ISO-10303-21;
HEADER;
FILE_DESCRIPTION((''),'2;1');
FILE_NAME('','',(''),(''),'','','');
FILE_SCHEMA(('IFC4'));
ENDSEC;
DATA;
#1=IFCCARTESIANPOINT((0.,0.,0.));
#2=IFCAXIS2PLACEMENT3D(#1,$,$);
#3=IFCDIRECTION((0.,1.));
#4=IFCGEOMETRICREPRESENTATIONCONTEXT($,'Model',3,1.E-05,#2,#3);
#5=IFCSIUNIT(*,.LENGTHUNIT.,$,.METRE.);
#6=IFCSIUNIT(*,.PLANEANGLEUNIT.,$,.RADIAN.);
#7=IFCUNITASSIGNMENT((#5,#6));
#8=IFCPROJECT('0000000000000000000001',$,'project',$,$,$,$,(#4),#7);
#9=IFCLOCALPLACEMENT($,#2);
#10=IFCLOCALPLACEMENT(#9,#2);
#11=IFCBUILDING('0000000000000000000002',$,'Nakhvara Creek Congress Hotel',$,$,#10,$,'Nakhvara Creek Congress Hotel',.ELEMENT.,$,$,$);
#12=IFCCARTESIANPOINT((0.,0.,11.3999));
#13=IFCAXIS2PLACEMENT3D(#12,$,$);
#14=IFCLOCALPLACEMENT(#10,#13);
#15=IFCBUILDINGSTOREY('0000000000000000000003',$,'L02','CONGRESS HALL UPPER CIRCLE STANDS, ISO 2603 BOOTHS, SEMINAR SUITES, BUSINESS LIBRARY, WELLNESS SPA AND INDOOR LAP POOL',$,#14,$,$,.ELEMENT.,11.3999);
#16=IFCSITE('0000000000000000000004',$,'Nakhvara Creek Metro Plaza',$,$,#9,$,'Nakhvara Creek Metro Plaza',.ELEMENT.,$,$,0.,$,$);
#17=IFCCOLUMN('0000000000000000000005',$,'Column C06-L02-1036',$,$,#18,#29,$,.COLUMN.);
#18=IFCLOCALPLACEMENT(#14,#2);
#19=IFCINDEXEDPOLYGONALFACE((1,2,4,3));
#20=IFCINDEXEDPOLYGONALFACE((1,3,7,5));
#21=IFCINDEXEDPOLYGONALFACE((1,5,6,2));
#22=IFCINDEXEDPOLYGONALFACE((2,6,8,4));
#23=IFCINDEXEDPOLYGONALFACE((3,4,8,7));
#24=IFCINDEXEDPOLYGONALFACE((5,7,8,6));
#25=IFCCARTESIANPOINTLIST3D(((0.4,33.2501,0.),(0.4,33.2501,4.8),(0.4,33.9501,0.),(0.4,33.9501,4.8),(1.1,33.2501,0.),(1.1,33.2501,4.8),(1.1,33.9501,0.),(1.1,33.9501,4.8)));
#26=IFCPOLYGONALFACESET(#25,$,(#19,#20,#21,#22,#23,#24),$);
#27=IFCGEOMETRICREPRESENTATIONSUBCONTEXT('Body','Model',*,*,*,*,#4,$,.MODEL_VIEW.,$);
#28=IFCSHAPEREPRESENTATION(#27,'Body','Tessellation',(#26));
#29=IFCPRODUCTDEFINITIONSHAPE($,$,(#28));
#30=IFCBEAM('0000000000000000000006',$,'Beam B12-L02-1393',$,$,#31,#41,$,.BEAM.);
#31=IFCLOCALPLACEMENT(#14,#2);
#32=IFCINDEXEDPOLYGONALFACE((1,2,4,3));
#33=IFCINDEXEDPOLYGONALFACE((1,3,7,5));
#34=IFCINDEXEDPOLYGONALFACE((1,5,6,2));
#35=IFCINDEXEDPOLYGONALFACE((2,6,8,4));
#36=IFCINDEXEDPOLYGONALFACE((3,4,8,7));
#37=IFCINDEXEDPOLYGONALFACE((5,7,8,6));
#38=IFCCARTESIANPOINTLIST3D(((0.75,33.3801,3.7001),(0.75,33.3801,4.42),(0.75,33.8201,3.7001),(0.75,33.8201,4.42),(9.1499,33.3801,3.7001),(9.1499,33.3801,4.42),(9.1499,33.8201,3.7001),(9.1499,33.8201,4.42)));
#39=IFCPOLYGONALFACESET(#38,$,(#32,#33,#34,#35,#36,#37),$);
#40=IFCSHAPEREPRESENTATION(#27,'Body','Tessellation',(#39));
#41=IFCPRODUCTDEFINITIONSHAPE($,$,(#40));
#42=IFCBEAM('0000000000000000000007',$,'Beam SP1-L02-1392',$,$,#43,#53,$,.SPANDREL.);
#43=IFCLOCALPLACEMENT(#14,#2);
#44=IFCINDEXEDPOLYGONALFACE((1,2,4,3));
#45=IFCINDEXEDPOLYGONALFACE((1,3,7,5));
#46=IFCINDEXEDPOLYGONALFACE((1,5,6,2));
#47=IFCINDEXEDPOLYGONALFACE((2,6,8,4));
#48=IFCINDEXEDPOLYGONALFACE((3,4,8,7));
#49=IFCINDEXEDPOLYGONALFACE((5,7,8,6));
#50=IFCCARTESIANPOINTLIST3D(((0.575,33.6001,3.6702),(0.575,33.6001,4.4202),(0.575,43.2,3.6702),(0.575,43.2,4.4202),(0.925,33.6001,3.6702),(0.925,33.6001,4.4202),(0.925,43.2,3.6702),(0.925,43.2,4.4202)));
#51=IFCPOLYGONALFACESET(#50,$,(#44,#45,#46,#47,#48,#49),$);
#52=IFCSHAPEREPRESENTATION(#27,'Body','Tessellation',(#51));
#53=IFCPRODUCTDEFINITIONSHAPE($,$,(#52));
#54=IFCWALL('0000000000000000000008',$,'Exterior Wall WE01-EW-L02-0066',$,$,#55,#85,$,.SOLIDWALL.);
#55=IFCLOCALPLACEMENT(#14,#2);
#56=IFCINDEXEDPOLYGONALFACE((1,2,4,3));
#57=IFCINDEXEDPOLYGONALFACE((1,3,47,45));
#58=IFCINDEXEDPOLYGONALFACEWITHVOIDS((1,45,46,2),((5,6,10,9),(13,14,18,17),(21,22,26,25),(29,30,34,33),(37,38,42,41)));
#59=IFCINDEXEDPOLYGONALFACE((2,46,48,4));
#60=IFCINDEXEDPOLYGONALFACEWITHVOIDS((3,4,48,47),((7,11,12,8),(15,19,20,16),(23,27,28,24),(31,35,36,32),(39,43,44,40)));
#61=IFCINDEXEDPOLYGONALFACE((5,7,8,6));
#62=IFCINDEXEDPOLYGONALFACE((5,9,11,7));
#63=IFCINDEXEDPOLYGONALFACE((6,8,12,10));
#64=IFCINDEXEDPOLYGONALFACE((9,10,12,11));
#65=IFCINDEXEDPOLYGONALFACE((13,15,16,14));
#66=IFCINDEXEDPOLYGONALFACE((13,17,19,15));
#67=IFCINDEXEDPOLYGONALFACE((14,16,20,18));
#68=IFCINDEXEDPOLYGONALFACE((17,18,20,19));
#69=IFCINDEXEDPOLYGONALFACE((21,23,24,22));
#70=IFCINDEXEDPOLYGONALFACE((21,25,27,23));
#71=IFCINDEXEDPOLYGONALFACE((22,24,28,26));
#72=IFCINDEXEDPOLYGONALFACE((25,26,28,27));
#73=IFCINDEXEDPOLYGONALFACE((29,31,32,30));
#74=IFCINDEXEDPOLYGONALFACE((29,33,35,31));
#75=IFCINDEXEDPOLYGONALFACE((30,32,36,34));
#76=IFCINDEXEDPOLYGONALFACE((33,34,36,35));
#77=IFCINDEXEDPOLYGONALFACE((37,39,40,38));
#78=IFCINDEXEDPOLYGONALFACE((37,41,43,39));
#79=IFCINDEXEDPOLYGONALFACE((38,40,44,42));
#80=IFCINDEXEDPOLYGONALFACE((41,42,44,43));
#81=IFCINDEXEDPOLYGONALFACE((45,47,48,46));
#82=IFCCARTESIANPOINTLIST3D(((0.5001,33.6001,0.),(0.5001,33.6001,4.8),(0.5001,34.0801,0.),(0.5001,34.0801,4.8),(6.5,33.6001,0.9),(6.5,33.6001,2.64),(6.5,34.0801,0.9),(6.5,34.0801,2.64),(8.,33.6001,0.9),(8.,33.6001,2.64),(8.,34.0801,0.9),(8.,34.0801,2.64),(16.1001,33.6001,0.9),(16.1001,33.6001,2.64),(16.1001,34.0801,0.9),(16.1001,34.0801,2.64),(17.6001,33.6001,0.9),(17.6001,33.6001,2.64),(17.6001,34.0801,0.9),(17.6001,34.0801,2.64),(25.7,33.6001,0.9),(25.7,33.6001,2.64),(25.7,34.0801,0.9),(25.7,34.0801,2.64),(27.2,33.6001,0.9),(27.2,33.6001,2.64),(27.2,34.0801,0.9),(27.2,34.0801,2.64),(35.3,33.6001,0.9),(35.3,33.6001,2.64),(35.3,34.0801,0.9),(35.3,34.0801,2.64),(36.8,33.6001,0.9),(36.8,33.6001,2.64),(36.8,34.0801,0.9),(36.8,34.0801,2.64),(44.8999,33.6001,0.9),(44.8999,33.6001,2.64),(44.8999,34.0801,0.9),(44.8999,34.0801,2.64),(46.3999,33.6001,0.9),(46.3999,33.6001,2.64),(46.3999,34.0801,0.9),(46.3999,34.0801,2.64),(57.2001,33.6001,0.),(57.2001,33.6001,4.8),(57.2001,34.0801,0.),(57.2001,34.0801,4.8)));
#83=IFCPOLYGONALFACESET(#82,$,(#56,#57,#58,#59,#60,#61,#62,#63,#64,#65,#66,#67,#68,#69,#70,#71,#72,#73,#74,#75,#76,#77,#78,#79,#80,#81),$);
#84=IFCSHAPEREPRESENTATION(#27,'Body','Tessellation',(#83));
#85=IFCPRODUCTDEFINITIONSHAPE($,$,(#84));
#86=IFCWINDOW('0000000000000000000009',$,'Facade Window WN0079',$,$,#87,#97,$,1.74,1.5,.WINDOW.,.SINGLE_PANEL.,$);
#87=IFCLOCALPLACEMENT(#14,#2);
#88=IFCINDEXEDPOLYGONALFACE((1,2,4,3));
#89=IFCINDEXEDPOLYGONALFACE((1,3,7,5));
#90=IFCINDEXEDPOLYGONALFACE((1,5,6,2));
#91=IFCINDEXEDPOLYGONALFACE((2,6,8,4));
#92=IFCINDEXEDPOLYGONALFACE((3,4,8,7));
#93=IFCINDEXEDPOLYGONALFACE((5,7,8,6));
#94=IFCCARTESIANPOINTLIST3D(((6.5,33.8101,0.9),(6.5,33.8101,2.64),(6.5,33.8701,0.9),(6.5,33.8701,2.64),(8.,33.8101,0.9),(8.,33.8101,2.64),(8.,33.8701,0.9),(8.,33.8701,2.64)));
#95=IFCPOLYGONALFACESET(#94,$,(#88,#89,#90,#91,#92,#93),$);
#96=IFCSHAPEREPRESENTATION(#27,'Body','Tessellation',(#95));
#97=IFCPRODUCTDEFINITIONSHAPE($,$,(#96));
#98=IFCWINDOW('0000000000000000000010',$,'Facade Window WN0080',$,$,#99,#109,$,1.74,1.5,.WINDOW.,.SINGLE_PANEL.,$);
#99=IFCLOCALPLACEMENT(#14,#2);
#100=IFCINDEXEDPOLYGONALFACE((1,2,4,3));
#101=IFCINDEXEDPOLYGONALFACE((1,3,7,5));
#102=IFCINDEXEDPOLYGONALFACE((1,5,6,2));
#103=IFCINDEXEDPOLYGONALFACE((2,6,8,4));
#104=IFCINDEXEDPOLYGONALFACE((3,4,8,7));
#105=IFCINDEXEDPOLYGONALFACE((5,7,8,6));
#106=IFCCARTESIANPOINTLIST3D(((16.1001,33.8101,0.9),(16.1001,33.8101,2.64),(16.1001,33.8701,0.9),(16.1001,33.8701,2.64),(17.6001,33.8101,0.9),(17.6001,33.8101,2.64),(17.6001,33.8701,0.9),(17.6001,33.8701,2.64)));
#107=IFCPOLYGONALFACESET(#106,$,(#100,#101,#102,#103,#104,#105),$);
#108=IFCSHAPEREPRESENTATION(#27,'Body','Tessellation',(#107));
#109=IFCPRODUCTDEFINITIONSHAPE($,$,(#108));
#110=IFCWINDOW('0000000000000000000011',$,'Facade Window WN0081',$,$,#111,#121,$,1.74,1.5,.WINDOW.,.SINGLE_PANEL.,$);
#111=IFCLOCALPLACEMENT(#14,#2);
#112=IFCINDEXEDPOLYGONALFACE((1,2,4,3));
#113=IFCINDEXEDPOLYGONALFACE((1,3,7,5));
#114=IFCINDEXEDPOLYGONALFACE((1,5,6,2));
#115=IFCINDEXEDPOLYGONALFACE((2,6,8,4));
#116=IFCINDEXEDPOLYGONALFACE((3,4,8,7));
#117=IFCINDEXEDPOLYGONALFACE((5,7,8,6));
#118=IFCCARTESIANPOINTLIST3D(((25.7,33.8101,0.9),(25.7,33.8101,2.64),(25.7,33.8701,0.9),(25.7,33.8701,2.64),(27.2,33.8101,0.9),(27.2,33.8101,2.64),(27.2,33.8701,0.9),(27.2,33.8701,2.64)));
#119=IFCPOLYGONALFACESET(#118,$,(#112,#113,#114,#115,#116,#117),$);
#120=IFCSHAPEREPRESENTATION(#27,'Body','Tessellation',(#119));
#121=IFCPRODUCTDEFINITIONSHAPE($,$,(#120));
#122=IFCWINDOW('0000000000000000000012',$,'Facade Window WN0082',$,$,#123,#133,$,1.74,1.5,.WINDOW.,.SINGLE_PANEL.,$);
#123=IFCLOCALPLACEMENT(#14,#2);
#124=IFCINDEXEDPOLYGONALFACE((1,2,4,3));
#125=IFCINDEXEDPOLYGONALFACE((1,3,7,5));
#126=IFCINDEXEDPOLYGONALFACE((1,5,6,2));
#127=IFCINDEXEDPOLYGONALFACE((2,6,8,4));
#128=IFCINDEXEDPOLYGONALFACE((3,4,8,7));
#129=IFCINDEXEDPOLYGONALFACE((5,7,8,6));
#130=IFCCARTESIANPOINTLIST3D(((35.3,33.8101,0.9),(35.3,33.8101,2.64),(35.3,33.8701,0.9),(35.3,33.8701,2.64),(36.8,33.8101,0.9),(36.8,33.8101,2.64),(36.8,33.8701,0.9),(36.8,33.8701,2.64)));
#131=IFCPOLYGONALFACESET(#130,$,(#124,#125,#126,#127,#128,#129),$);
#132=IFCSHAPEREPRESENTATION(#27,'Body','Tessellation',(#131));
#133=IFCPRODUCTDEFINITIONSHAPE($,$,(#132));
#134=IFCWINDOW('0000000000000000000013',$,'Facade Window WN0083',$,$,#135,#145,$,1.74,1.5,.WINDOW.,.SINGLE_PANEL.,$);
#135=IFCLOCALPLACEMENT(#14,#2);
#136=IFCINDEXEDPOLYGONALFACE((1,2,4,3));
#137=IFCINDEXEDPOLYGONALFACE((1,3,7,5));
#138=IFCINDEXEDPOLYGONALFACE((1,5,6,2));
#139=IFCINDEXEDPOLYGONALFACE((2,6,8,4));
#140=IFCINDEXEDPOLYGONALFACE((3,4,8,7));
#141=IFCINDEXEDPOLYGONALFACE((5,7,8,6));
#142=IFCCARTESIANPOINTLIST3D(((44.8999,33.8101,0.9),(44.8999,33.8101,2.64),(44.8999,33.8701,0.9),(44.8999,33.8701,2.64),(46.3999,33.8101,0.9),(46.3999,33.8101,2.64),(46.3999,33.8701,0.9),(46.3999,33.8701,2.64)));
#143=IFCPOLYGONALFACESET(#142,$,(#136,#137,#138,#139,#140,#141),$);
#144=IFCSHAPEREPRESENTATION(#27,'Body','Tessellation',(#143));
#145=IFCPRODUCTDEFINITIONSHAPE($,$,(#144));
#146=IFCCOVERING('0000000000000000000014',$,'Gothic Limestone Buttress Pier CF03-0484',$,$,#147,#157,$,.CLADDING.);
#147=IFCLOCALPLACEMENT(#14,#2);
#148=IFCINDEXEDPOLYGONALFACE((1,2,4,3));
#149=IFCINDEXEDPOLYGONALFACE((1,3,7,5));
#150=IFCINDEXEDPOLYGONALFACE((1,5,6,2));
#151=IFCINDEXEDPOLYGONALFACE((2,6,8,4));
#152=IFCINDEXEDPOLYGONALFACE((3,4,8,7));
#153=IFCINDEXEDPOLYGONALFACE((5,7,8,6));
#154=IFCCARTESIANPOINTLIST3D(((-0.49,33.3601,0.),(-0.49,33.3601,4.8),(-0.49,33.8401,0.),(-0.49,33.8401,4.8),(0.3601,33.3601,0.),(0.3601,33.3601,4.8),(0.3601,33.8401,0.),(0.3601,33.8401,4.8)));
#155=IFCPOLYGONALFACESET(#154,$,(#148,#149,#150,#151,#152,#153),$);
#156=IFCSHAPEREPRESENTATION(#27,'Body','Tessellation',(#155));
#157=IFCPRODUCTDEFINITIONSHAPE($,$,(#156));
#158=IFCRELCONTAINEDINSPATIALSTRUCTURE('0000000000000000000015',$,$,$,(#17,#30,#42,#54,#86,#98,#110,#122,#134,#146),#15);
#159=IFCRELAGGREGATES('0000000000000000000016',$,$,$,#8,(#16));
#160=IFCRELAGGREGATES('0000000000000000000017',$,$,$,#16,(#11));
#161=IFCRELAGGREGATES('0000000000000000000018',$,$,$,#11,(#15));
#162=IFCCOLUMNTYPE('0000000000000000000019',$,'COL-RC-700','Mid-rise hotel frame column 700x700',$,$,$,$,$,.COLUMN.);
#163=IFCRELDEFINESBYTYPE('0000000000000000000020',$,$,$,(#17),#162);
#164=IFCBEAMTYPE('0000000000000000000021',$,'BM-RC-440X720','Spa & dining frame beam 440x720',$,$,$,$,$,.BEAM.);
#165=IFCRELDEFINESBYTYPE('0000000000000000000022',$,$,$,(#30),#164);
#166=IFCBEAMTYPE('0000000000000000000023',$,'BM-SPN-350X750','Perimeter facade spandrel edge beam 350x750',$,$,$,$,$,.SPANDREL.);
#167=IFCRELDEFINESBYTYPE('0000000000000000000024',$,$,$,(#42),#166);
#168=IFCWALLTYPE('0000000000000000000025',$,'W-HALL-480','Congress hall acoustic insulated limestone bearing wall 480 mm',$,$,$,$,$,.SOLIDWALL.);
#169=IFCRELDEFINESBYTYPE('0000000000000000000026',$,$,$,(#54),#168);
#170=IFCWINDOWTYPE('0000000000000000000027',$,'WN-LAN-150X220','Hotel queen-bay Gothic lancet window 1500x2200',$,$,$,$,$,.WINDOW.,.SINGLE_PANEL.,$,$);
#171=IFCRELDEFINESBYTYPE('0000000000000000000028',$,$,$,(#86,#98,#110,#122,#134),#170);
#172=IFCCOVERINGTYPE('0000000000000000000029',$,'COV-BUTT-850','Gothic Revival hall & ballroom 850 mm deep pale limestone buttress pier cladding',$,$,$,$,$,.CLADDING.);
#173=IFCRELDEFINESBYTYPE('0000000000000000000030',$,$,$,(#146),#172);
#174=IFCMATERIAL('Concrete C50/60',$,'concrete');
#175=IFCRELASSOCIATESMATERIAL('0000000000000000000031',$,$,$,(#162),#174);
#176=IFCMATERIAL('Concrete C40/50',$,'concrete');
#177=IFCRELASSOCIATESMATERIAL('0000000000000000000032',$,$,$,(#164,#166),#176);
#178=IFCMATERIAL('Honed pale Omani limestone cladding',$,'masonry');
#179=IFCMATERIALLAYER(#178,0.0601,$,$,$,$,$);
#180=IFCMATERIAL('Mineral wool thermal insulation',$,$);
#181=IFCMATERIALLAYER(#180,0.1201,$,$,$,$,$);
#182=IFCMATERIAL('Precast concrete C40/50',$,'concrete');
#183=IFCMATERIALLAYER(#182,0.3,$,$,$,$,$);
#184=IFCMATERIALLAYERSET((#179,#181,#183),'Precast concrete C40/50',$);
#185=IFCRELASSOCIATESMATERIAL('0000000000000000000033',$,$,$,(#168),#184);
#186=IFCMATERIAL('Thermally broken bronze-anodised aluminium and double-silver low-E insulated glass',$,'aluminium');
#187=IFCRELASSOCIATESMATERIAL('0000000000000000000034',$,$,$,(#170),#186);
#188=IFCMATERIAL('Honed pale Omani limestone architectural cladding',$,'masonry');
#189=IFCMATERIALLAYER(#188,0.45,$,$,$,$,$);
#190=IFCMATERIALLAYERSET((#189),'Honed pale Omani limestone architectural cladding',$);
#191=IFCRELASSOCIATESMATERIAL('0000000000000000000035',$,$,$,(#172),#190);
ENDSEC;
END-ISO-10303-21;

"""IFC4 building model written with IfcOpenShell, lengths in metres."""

from ifc_helpers import new_model, si_unit, direction, frame, frame_2d, origin, origin_2d, place, context, subcontext, project, spatial, rectangle, extrude, material, layer, layer_set, material_profile, profile_set, type_object, element, fill, save


model = new_model("IFC4")

# Units and contexts
model_context = context("Model", 3, precision=1e-05, world=origin(), true_north=direction((0.0, 1.0)))
body_context = subcontext(model_context, "Body", "Model", "MODEL_VIEW")
ifc_project = project(units=[si_unit("LENGTHUNIT", "METRE"), si_unit("PLANEANGLEUNIT", "RADIAN")], contexts=[model_context])

# Site, building, storey
site_placement = place(None, origin())
site = spatial("IfcSite", under=ifc_project, at=site_placement, Name="Nakhvara Creek Metro Plaza", LongName="Nakhvara Creek Metro Plaza", CompositionType="ELEMENT", RefElevation=0.0)
building_placement = place(site_placement, origin())
building = spatial("IfcBuilding", under=site, at=building_placement, Name="Nakhvara Creek Congress Hotel", LongName="Nakhvara Creek Congress Hotel", CompositionType="ELEMENT")
storey_placement = place(building_placement, frame((0.0, 0.0, 11.3999)))
storey = spatial("IfcBuildingStorey", under=building, at=storey_placement, Name="L02", Description="CONGRESS HALL UPPER CIRCLE STANDS, ISO 2603 BOOTHS, SEMINAR SUITES, BUSINESS LIBRARY, WELLNESS SPA AND INDOOR LAP POOL", CompositionType="ELEMENT", Elevation=11.3999)

# Column
ifc_material_1 = material(Name="Concrete C50/60", Category="concrete")
ifc_material_profile_1 = material_profile(ifc_material_1, rectangle(XDim=0.7, YDim=0.7, at=origin_2d()), Name="RC-COL 700x700", Category="LoadBearing")
ifc_profile_set_1 = profile_set([ifc_material_profile_1], Name="Concrete C50/60")
column_type = type_object("IfcColumnType", Name="COL-RC-700", Description="Mid-rise hotel frame column 700x700", PredefinedType="COLUMN", material=ifc_profile_set_1)
column_placement = place(storey_placement, frame((0.75, 33.6001, 0.0), z_axis=(0.0, 0.0, 1.0), x_axis=(1.0, 0.0, 0.0)))
element("IfcColumn", 1, at=column_placement, inside=storey, type_object=column_type, Name="Column C06-L02-1036", PredefinedType="COLUMN", context=body_context, shape_type="SweptSolid", body=[
    extrude(rectangle(XDim=0.7, YDim=0.7, at=origin_2d()), origin(), (0.0, 0.0, 1.0), 4.8),
])

# Beams
ifc_material_2 = material(Name="Concrete C40/50", Category="concrete")
ifc_material_profile_2 = material_profile(ifc_material_2, rectangle(XDim=0.4399, YDim=0.72, at=origin_2d()), Name="RC-BM 440x720", Category="LoadBearing")
ifc_profile_set_2 = profile_set([ifc_material_profile_2], Name="Concrete C40/50")
beam_type_1 = type_object("IfcBeamType", Name="BM-RC-440X720", Description="Spa & dining frame beam 440x720", PredefinedType="BEAM", material=ifc_profile_set_2)
beam_1_placement = place(storey_placement, frame((0.75, 33.6001, 4.0601), z_axis=(1.0, 0.0, 0.0), x_axis=(0.0, 1.0, 0.0)))
element("IfcBeam", 2, at=beam_1_placement, inside=storey, type_object=beam_type_1, Name="Beam B12-L02-1393", PredefinedType="BEAM", context=body_context, shape_type="SweptSolid", body=[
    extrude(rectangle(XDim=0.4399, YDim=0.72, at=origin_2d()), origin(), (0.0, 0.0, 1.0), 8.3999),
])
ifc_material_profile_3 = material_profile(ifc_material_2, rectangle(XDim=0.3501, YDim=0.75, at=origin_2d()), Name="RC-SPANDREL 350x750", Category="LoadBearing")
ifc_profile_set_3 = profile_set([ifc_material_profile_3], Name="Concrete C40/50")
beam_type_2 = type_object("IfcBeamType", Name="BM-SPN-350X750", Description="Perimeter facade spandrel edge beam 350x750", PredefinedType="SPANDREL", material=ifc_profile_set_3)
beam_2_placement = place(storey_placement, frame((0.75, 33.6001, 4.0452), z_axis=(0.0, 1.0, 0.0), x_axis=(-1.0, 0.0, 0.0)))
element("IfcBeam", 3, at=beam_2_placement, inside=storey, type_object=beam_type_2, Name="Beam SP1-L02-1392", PredefinedType="SPANDREL", context=body_context, shape_type="SweptSolid", body=[
    extrude(rectangle(XDim=0.3501, YDim=0.75, at=origin_2d()), origin(), (0.0, 0.0, 1.0), 9.5999),
])

# Wall, openings, windows
ifc_material_3 = material(Name="Honed pale Omani limestone cladding", Category="masonry")
ifc_layer_1 = layer(ifc_material_3, 0.0601)
ifc_material_4 = material(Name="Mineral wool thermal insulation")
ifc_layer_2 = layer(ifc_material_4, 0.1201)
ifc_material_5 = material(Name="Precast concrete C40/50", Category="concrete")
ifc_layer_3 = layer(ifc_material_5, 0.3)
ifc_layer_set_1 = layer_set([ifc_layer_1, ifc_layer_2, ifc_layer_3], Name="Precast concrete C40/50")
wall_type = type_object("IfcWallType", Name="W-HALL-480", Description="Congress hall acoustic insulated limestone bearing wall 480 mm", PredefinedType="SOLIDWALL", material=ifc_layer_set_1)
ifc_material_6 = material(Name="Thermally broken bronze-anodised aluminium and double-silver low-E insulated glass", Category="aluminium")
wall_1_placement = place(storey_placement, frame((0.5, 33.8401, 0.0), z_axis=(0.0, 0.0, 1.0), x_axis=(1.0, 0.0, 0.0)))
wall_1 = element("IfcWall", 4, at=wall_1_placement, inside=storey, type_object=wall_type, Name="Exterior Wall WE01-EW-L02-0066", PredefinedType="SOLIDWALL", context=body_context, shape_type="SweptSolid", body=[
    extrude(rectangle(XDim=56.7, YDim=0.48, at=frame_2d((28.3501, 0.0))), origin(), (0.0, 0.0, 1.0), 4.8),
])
opening_1_placement = place(wall_1_placement, frame((6.0, 0.0, 0.8999)))
opening_1 = element("IfcOpeningElement", 5, at=opening_1_placement, cuts=wall_1, PredefinedType="OPENING", context=body_context, shape_type="SweptSolid", body=[
    extrude(rectangle(XDim=1.5, YDim=1.74, at=frame_2d((0.75, 0.8701))), frame((0.0, 0.252, 0.0), z_axis=(0.0, -1.0, 0.0), x_axis=(1.0, 0.0, 0.0)), (0.0, 0.0, 1.0), 0.5039),
])
opening_2_placement = place(wall_1_placement, frame((15.6001, 0.0, 0.8999)))
opening_2 = element("IfcOpeningElement", 6, at=opening_2_placement, cuts=wall_1, PredefinedType="OPENING", context=body_context, shape_type="SweptSolid", body=[
    extrude(rectangle(XDim=1.5, YDim=1.74, at=frame_2d((0.75, 0.8701))), frame((0.0, 0.252, 0.0), z_axis=(0.0, -1.0, 0.0), x_axis=(1.0, 0.0, 0.0)), (0.0, 0.0, 1.0), 0.5039),
])
opening_3_placement = place(wall_1_placement, frame((25.2, 0.0, 0.8999)))
opening_3 = element("IfcOpeningElement", 7, at=opening_3_placement, cuts=wall_1, PredefinedType="OPENING", context=body_context, shape_type="SweptSolid", body=[
    extrude(rectangle(XDim=1.5, YDim=1.74, at=frame_2d((0.75, 0.8701))), frame((0.0, 0.252, 0.0), z_axis=(0.0, -1.0, 0.0), x_axis=(1.0, 0.0, 0.0)), (0.0, 0.0, 1.0), 0.5039),
])
opening_4_placement = place(wall_1_placement, frame((34.8, 0.0, 0.8999)))
opening_4 = element("IfcOpeningElement", 8, at=opening_4_placement, cuts=wall_1, PredefinedType="OPENING", context=body_context, shape_type="SweptSolid", body=[
    extrude(rectangle(XDim=1.5, YDim=1.74, at=frame_2d((0.75, 0.8701))), frame((0.0, 0.252, 0.0), z_axis=(0.0, -1.0, 0.0), x_axis=(1.0, 0.0, 0.0)), (0.0, 0.0, 1.0), 0.5039),
])
opening_5_placement = place(wall_1_placement, frame((44.3999, 0.0, 0.8999)))
opening_5 = element("IfcOpeningElement", 9, at=opening_5_placement, cuts=wall_1, PredefinedType="OPENING", context=body_context, shape_type="SweptSolid", body=[
    extrude(rectangle(XDim=1.5, YDim=1.74, at=frame_2d((0.75, 0.8701))), frame((0.0, 0.252, 0.0), z_axis=(0.0, -1.0, 0.0), x_axis=(1.0, 0.0, 0.0)), (0.0, 0.0, 1.0), 0.5039),
])
window_type_1 = type_object("IfcWindowType", Name="WN-LAN-150X220", Description="Hotel queen-bay Gothic lancet window 1500x2200", PartitioningType="SINGLE_PANEL", PredefinedType="WINDOW", material=ifc_material_6)
window_1_placement = place(opening_1_placement, origin())
window_1 = element("IfcWindow", 10, at=window_1_placement, inside=storey, type_object=window_type_1, Name="Facade Window WN0079", OverallHeight=1.74, OverallWidth=1.5, PartitioningType="SINGLE_PANEL", PredefinedType="WINDOW", context=body_context, shape_type="SweptSolid", body=[
    extrude(rectangle(XDim=1.5, YDim=1.74, at=frame_2d((0.75, 0.8701))), frame((0.0, 0.03, 0.0), z_axis=(0.0, -1.0, 0.0), x_axis=(1.0, 0.0, 0.0)), (0.0, 0.0, 1.0), 0.0601),
])
fill(opening_1, window_1)
window_2_placement = place(opening_2_placement, origin())
window_2 = element("IfcWindow", 11, at=window_2_placement, inside=storey, type_object=window_type_1, Name="Facade Window WN0080", OverallHeight=1.74, OverallWidth=1.5, PartitioningType="SINGLE_PANEL", PredefinedType="WINDOW", context=body_context, shape_type="SweptSolid", body=[
    extrude(rectangle(XDim=1.5, YDim=1.74, at=frame_2d((0.75, 0.8701))), frame((0.0, 0.03, 0.0), z_axis=(0.0, -1.0, 0.0), x_axis=(1.0, 0.0, 0.0)), (0.0, 0.0, 1.0), 0.0601),
])
fill(opening_2, window_2)
window_3_placement = place(opening_3_placement, origin())
window_3 = element("IfcWindow", 12, at=window_3_placement, inside=storey, type_object=window_type_1, Name="Facade Window WN0081", OverallHeight=1.74, OverallWidth=1.5, PartitioningType="SINGLE_PANEL", PredefinedType="WINDOW", context=body_context, shape_type="SweptSolid", body=[
    extrude(rectangle(XDim=1.5, YDim=1.74, at=frame_2d((0.75, 0.8701))), frame((0.0, 0.03, 0.0), z_axis=(0.0, -1.0, 0.0), x_axis=(1.0, 0.0, 0.0)), (0.0, 0.0, 1.0), 0.0601),
])
fill(opening_3, window_3)
window_4_placement = place(opening_4_placement, origin())
window_4 = element("IfcWindow", 13, at=window_4_placement, inside=storey, type_object=window_type_1, Name="Facade Window WN0082", OverallHeight=1.74, OverallWidth=1.5, PartitioningType="SINGLE_PANEL", PredefinedType="WINDOW", context=body_context, shape_type="SweptSolid", body=[
    extrude(rectangle(XDim=1.5, YDim=1.74, at=frame_2d((0.75, 0.8701))), frame((0.0, 0.03, 0.0), z_axis=(0.0, -1.0, 0.0), x_axis=(1.0, 0.0, 0.0)), (0.0, 0.0, 1.0), 0.0601),
])
fill(opening_4, window_4)
window_5_placement = place(opening_5_placement, origin())
window_5 = element("IfcWindow", 14, at=window_5_placement, inside=storey, type_object=window_type_1, Name="Facade Window WN0083", OverallHeight=1.74, OverallWidth=1.5, PartitioningType="SINGLE_PANEL", PredefinedType="WINDOW", context=body_context, shape_type="SweptSolid", body=[
    extrude(rectangle(XDim=1.5, YDim=1.74, at=frame_2d((0.75, 0.8701))), frame((0.0, 0.03, 0.0), z_axis=(0.0, -1.0, 0.0), x_axis=(1.0, 0.0, 0.0)), (0.0, 0.0, 1.0), 0.0601),
])
fill(opening_5, window_5)

# Covering
ifc_material_7 = material(Name="Honed pale Omani limestone architectural cladding", Category="masonry")
ifc_layer_4 = layer(ifc_material_7, 0.45)
ifc_layer_set_2 = layer_set([ifc_layer_4], Name="Honed pale Omani limestone architectural cladding")
covering_type = type_object("IfcCoveringType", Name="COV-BUTT-850", Description="Gothic Revival hall & ballroom 850 mm deep pale limestone buttress pier cladding", PredefinedType="CLADDING", material=ifc_layer_set_2)
covering_placement = place(storey_placement, frame((-0.0649, 33.6001, 0.0), z_axis=(0.0, 0.0, 1.0), x_axis=(0.0, 1.0, 0.0)))
element("IfcCovering", 15, at=covering_placement, inside=storey, type_object=covering_type, Name="Gothic Limestone Buttress Pier CF03-0484", PredefinedType="CLADDING", context=body_context, shape_type="SweptSolid", body=[
    extrude(rectangle(XDim=0.48, YDim=0.8501, at=origin_2d()), origin(), (0.0, 0.0, 1.0), 4.8),
])

save(model, "model.ifc")
